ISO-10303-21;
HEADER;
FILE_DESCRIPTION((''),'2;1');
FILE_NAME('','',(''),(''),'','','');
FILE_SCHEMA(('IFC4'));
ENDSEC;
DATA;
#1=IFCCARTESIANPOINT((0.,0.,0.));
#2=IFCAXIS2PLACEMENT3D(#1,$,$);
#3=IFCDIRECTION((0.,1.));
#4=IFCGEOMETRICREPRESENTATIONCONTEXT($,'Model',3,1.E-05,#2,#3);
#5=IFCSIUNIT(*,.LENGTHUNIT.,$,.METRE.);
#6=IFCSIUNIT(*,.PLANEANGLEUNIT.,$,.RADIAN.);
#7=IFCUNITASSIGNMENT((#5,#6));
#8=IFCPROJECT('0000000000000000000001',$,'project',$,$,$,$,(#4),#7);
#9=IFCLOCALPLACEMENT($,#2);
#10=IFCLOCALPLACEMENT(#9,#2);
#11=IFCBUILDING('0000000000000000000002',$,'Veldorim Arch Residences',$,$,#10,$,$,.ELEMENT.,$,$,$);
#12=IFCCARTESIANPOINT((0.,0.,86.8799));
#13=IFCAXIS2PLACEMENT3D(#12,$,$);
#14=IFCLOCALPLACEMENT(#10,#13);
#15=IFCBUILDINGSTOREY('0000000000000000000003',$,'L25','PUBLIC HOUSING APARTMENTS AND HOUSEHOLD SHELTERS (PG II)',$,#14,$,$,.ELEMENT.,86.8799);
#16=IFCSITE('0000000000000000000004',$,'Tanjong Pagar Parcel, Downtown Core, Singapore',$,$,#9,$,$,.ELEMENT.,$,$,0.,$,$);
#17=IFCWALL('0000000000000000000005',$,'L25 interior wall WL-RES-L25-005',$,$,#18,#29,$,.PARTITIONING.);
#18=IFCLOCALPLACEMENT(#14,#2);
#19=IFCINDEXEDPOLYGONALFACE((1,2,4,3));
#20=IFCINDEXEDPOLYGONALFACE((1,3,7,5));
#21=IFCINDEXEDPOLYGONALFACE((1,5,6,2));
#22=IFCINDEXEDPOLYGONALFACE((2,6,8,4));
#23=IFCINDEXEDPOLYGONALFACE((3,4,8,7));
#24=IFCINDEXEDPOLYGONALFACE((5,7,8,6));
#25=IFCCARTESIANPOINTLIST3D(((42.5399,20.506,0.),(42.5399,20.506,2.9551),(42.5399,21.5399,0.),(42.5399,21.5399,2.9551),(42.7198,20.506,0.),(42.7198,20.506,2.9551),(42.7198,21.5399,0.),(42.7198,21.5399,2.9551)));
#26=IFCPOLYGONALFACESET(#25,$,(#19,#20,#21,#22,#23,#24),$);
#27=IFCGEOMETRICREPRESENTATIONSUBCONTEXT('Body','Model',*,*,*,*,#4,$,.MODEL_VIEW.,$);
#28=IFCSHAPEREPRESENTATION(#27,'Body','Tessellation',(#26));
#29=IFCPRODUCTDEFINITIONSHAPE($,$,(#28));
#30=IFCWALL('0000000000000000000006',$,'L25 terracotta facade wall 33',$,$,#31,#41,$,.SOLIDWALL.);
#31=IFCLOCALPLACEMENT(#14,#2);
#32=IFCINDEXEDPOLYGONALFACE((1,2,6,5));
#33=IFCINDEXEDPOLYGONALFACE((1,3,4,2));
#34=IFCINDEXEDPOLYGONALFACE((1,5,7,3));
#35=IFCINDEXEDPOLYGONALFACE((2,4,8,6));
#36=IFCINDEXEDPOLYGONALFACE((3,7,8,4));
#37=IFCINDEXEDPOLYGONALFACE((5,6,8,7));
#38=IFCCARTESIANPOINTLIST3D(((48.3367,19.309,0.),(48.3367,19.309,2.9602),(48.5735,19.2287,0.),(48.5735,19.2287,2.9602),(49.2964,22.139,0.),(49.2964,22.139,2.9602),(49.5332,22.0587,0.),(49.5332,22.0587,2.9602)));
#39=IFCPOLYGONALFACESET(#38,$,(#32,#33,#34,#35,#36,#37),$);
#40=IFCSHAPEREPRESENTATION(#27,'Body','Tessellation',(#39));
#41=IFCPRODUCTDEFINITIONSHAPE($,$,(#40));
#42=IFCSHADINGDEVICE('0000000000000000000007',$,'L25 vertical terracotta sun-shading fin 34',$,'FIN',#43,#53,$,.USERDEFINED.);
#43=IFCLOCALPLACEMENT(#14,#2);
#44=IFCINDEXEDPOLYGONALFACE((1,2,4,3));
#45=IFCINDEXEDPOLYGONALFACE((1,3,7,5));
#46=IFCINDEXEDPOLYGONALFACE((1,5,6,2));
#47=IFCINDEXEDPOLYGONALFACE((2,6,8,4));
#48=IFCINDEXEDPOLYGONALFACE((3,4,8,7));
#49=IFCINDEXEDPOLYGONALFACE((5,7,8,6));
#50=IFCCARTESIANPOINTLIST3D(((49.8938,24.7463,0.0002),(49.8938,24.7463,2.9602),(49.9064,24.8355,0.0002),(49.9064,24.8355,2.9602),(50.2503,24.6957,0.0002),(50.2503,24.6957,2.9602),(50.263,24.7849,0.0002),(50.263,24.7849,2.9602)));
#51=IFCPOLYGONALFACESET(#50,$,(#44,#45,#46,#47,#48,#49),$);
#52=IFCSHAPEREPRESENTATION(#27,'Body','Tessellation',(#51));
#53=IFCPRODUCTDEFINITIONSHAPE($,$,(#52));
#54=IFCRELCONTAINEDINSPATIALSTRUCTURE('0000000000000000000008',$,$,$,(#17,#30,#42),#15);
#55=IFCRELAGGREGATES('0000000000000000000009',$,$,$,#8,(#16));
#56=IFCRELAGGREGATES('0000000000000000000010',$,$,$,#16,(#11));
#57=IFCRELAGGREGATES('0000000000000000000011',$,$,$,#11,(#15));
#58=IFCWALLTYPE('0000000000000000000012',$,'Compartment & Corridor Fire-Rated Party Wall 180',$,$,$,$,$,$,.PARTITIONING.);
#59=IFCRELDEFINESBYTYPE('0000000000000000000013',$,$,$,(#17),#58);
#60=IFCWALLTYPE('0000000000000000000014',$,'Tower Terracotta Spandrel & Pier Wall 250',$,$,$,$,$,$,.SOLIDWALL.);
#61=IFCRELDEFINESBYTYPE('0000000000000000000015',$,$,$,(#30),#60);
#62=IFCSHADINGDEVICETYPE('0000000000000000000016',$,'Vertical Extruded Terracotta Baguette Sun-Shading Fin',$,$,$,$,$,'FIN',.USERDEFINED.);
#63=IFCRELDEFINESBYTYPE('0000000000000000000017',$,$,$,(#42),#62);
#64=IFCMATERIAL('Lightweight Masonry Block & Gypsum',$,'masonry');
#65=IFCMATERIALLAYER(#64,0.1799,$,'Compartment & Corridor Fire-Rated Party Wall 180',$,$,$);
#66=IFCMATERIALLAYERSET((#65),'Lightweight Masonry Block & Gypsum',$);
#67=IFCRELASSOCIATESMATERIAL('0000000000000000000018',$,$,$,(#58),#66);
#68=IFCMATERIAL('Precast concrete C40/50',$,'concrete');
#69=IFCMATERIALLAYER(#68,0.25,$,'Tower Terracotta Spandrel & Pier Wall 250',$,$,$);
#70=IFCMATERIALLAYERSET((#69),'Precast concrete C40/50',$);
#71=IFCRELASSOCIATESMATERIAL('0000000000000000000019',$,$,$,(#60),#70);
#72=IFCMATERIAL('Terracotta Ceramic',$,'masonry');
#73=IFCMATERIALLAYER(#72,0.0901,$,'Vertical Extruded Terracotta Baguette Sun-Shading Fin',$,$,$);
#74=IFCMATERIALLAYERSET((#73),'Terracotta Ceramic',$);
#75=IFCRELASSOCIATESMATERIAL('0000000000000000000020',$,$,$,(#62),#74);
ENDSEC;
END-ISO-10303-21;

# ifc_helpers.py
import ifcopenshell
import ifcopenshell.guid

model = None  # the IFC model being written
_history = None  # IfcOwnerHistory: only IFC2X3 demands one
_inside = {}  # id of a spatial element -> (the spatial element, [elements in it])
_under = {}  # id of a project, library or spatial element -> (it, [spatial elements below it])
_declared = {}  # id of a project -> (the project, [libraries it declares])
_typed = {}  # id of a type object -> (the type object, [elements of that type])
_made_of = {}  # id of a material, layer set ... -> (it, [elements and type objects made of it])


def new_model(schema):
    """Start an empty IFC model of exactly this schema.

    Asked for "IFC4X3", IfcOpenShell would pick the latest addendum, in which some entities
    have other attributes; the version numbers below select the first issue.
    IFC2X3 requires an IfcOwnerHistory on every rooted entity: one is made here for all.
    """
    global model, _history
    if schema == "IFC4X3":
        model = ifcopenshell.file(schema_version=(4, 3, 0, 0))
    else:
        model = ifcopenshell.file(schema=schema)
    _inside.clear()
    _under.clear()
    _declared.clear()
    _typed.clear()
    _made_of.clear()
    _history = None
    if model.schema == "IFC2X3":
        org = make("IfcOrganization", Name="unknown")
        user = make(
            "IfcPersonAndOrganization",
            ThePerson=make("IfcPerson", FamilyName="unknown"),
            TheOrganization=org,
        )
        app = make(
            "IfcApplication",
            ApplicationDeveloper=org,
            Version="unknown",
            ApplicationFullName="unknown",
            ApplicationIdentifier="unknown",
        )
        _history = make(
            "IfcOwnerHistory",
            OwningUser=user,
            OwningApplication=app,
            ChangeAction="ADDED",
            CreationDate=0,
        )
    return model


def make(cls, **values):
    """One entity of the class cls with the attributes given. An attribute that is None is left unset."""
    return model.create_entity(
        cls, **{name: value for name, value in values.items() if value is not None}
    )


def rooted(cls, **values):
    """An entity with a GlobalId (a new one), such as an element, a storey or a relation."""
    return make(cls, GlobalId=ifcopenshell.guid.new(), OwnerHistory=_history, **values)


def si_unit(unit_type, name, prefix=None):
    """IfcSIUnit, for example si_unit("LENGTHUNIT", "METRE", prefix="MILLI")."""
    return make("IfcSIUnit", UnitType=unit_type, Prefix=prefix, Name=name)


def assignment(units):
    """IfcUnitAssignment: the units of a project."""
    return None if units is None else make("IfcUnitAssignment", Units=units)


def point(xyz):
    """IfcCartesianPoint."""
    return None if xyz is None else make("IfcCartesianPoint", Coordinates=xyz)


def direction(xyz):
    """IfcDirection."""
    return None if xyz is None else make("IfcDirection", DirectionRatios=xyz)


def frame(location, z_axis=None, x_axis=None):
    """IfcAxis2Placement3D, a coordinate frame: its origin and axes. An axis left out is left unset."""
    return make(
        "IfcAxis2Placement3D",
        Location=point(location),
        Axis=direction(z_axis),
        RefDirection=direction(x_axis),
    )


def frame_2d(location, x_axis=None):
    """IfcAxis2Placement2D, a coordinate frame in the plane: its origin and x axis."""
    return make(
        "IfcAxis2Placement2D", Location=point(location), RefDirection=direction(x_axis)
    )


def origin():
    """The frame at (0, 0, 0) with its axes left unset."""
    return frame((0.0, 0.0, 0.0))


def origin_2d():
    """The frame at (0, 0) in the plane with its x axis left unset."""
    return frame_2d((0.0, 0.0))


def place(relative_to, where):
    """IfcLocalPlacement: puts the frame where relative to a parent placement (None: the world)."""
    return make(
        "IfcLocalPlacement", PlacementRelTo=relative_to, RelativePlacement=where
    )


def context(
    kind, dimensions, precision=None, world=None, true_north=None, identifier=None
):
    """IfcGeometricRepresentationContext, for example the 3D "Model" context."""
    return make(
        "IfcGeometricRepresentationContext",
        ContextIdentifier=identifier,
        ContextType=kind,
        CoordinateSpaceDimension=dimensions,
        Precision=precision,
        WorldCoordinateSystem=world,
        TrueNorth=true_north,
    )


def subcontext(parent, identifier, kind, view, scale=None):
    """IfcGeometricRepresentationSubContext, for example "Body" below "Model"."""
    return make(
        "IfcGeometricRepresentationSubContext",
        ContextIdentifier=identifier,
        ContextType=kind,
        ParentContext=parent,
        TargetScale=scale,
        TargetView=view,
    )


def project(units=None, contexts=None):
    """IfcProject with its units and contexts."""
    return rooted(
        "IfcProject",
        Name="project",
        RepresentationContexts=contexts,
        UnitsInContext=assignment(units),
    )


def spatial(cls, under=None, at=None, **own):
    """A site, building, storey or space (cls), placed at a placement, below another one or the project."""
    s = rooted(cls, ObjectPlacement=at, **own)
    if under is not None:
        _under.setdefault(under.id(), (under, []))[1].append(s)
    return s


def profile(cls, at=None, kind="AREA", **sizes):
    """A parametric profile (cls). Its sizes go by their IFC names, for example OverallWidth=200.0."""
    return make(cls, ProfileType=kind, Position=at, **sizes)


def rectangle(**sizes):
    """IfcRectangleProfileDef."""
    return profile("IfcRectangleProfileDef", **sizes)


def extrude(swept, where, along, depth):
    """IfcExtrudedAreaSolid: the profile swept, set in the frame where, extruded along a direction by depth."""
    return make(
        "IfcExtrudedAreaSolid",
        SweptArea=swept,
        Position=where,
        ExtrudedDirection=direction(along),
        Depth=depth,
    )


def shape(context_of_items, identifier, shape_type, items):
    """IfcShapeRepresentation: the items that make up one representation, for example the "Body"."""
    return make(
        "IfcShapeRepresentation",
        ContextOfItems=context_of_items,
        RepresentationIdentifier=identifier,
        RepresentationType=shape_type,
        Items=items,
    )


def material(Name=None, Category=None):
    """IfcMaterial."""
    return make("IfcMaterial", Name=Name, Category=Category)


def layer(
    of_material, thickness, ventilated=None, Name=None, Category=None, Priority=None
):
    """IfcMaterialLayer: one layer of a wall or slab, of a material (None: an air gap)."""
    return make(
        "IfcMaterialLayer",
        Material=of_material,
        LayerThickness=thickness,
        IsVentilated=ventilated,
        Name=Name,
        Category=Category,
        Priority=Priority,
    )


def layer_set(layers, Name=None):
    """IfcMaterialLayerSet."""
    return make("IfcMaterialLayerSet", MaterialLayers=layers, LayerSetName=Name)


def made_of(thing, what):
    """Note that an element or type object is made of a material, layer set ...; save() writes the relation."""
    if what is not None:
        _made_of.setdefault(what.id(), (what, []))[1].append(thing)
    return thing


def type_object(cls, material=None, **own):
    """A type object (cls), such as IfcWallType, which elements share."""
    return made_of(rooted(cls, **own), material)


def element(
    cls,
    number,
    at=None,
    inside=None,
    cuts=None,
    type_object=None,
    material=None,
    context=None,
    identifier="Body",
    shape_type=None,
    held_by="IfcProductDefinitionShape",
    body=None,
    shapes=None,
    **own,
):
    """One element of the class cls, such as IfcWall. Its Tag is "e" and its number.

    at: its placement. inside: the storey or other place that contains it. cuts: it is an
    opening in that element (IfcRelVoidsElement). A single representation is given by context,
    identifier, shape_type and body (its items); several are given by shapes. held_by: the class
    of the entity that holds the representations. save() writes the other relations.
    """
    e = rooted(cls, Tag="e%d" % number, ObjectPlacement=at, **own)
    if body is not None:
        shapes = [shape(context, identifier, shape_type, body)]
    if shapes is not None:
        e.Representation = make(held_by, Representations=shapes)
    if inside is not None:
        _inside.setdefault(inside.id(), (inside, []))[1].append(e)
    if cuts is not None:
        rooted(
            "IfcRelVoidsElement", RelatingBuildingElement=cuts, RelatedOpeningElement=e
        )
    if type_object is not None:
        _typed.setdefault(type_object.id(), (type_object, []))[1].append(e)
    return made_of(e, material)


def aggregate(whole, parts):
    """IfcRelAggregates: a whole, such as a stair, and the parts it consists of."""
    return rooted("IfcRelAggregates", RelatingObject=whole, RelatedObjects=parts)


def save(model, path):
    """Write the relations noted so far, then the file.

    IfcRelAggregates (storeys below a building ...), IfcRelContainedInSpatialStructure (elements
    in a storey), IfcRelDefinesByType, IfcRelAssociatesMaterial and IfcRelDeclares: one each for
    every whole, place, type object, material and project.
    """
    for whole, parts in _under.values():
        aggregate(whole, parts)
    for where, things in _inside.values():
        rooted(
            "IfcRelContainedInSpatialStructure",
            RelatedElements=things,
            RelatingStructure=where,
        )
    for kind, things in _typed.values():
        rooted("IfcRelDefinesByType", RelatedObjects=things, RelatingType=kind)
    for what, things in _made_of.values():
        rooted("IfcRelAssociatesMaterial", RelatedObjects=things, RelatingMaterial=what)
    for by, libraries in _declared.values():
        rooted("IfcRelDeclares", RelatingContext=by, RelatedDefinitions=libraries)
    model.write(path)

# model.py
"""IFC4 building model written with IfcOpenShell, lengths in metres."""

from ifc_helpers import new_model, si_unit, direction, frame, frame_2d, origin, origin_2d, place, context, subcontext, project, spatial, rectangle, extrude, material, layer, layer_set, type_object, element, save


model = new_model("IFC4")

# Units and contexts
model_context = context("Model", 3, precision=1e-05, world=origin(), true_north=direction((0.0, 1.0)))
body_context = subcontext(model_context, "Body", "Model", "MODEL_VIEW")
ifc_project = project(units=[si_unit("LENGTHUNIT", "METRE"), si_unit("PLANEANGLEUNIT", "RADIAN")], contexts=[model_context])

# Site, building, storey
site_placement = place(None, origin())
site = spatial("IfcSite", under=ifc_project, at=site_placement, Name="Tanjong Pagar Parcel, Downtown Core, Singapore", CompositionType="ELEMENT", RefElevation=0.0)
building_placement = place(site_placement, origin())
building = spatial("IfcBuilding", under=site, at=building_placement, Name="Veldorim Arch Residences", CompositionType="ELEMENT")
storey_placement = place(building_placement, frame((0.0, 0.0, 86.8799)))
storey = spatial("IfcBuildingStorey", under=building, at=storey_placement, Name="L25", Description="PUBLIC HOUSING APARTMENTS AND HOUSEHOLD SHELTERS (PG II)", CompositionType="ELEMENT", Elevation=86.8799)

# Walls
ifc_material_1 = material(Name="Lightweight Masonry Block & Gypsum", Category="masonry")
ifc_layer_1 = layer(ifc_material_1, 0.1799, Name="Compartment & Corridor Fire-Rated Party Wall 180")
ifc_layer_set_1 = layer_set([ifc_layer_1], Name="Lightweight Masonry Block & Gypsum")
wall_type_1 = type_object("IfcWallType", Name="Compartment & Corridor Fire-Rated Party Wall 180", PredefinedType="PARTITIONING", material=ifc_layer_set_1)
wall_1_placement = place(storey_placement, frame((42.6299, 21.54, 0.0), z_axis=(0.0, 0.0, 1.0), x_axis=(0.0, -1.0, 0.0)))
element("IfcWall", 1, at=wall_1_placement, inside=storey, type_object=wall_type_1, Name="L25 interior wall WL-RES-L25-005", PredefinedType="PARTITIONING", context=body_context, shape_type="SweptSolid", body=[
    extrude(rectangle(XDim=1.0339, YDim=0.1799, at=frame_2d((0.5171, 0.0))), origin(), (0.0, 0.0, 1.0), 2.9551),
])
ifc_material_2 = material(Name="Precast concrete C40/50", Category="concrete")
ifc_layer_2 = layer(ifc_material_2, 0.25, Name="Tower Terracotta Spandrel & Pier Wall 250")
ifc_layer_set_2 = layer_set([ifc_layer_2], Name="Precast concrete C40/50")
wall_type_2 = type_object("IfcWallType", Name="Tower Terracotta Spandrel & Pier Wall 250", PredefinedType="SOLIDWALL", material=ifc_layer_set_2)
wall_2_placement = place(storey_placement, frame((49.4148, 22.0989, 0.0), z_axis=(0.0, 0.0, 1.0), x_axis=(-0.32115, -0.947028, 0.0)))
element("IfcWall", 2, at=wall_2_placement, inside=storey, type_object=wall_type_2, Name="L25 terracotta facade wall 33", PredefinedType="SOLIDWALL", context=body_context, shape_type="SweptSolid", body=[
    extrude(rectangle(XDim=2.9883, YDim=0.25, at=frame_2d((1.4941, 0.0))), origin(), (0.0, 0.0, 1.0), 2.9602),
])

# Shading device
ifc_material_3 = material(Name="Terracotta Ceramic", Category="masonry")
ifc_layer_3 = layer(ifc_material_3, 0.0901, Name="Vertical Extruded Terracotta Baguette Sun-Shading Fin")
ifc_layer_set_3 = layer_set([ifc_layer_3], Name="Terracotta Ceramic")
shading_device_type = type_object("IfcShadingDeviceType", Name="Vertical Extruded Terracotta Baguette Sun-Shading Fin", ElementType="FIN", PredefinedType="USERDEFINED", material=ifc_layer_set_3)
shading_device_placement = place(storey_placement, frame((50.0784, 24.7656, 0.0002), z_axis=(0.0, 0.0, 1.0), x_axis=(-0.140556, -0.990073, 0.0)))
element("IfcShadingDevice", 3, at=shading_device_placement, inside=storey, type_object=shading_device_type, Name="L25 vertical terracotta sun-shading fin 34", ObjectType="FIN", PredefinedType="USERDEFINED", context=body_context, shape_type="SweptSolid", body=[
    extrude(rectangle(XDim=0.0901, YDim=0.3601, at=origin_2d()), origin(), (0.0, 0.0, 1.0), 2.96),
])

save(model, "model.ifc")
